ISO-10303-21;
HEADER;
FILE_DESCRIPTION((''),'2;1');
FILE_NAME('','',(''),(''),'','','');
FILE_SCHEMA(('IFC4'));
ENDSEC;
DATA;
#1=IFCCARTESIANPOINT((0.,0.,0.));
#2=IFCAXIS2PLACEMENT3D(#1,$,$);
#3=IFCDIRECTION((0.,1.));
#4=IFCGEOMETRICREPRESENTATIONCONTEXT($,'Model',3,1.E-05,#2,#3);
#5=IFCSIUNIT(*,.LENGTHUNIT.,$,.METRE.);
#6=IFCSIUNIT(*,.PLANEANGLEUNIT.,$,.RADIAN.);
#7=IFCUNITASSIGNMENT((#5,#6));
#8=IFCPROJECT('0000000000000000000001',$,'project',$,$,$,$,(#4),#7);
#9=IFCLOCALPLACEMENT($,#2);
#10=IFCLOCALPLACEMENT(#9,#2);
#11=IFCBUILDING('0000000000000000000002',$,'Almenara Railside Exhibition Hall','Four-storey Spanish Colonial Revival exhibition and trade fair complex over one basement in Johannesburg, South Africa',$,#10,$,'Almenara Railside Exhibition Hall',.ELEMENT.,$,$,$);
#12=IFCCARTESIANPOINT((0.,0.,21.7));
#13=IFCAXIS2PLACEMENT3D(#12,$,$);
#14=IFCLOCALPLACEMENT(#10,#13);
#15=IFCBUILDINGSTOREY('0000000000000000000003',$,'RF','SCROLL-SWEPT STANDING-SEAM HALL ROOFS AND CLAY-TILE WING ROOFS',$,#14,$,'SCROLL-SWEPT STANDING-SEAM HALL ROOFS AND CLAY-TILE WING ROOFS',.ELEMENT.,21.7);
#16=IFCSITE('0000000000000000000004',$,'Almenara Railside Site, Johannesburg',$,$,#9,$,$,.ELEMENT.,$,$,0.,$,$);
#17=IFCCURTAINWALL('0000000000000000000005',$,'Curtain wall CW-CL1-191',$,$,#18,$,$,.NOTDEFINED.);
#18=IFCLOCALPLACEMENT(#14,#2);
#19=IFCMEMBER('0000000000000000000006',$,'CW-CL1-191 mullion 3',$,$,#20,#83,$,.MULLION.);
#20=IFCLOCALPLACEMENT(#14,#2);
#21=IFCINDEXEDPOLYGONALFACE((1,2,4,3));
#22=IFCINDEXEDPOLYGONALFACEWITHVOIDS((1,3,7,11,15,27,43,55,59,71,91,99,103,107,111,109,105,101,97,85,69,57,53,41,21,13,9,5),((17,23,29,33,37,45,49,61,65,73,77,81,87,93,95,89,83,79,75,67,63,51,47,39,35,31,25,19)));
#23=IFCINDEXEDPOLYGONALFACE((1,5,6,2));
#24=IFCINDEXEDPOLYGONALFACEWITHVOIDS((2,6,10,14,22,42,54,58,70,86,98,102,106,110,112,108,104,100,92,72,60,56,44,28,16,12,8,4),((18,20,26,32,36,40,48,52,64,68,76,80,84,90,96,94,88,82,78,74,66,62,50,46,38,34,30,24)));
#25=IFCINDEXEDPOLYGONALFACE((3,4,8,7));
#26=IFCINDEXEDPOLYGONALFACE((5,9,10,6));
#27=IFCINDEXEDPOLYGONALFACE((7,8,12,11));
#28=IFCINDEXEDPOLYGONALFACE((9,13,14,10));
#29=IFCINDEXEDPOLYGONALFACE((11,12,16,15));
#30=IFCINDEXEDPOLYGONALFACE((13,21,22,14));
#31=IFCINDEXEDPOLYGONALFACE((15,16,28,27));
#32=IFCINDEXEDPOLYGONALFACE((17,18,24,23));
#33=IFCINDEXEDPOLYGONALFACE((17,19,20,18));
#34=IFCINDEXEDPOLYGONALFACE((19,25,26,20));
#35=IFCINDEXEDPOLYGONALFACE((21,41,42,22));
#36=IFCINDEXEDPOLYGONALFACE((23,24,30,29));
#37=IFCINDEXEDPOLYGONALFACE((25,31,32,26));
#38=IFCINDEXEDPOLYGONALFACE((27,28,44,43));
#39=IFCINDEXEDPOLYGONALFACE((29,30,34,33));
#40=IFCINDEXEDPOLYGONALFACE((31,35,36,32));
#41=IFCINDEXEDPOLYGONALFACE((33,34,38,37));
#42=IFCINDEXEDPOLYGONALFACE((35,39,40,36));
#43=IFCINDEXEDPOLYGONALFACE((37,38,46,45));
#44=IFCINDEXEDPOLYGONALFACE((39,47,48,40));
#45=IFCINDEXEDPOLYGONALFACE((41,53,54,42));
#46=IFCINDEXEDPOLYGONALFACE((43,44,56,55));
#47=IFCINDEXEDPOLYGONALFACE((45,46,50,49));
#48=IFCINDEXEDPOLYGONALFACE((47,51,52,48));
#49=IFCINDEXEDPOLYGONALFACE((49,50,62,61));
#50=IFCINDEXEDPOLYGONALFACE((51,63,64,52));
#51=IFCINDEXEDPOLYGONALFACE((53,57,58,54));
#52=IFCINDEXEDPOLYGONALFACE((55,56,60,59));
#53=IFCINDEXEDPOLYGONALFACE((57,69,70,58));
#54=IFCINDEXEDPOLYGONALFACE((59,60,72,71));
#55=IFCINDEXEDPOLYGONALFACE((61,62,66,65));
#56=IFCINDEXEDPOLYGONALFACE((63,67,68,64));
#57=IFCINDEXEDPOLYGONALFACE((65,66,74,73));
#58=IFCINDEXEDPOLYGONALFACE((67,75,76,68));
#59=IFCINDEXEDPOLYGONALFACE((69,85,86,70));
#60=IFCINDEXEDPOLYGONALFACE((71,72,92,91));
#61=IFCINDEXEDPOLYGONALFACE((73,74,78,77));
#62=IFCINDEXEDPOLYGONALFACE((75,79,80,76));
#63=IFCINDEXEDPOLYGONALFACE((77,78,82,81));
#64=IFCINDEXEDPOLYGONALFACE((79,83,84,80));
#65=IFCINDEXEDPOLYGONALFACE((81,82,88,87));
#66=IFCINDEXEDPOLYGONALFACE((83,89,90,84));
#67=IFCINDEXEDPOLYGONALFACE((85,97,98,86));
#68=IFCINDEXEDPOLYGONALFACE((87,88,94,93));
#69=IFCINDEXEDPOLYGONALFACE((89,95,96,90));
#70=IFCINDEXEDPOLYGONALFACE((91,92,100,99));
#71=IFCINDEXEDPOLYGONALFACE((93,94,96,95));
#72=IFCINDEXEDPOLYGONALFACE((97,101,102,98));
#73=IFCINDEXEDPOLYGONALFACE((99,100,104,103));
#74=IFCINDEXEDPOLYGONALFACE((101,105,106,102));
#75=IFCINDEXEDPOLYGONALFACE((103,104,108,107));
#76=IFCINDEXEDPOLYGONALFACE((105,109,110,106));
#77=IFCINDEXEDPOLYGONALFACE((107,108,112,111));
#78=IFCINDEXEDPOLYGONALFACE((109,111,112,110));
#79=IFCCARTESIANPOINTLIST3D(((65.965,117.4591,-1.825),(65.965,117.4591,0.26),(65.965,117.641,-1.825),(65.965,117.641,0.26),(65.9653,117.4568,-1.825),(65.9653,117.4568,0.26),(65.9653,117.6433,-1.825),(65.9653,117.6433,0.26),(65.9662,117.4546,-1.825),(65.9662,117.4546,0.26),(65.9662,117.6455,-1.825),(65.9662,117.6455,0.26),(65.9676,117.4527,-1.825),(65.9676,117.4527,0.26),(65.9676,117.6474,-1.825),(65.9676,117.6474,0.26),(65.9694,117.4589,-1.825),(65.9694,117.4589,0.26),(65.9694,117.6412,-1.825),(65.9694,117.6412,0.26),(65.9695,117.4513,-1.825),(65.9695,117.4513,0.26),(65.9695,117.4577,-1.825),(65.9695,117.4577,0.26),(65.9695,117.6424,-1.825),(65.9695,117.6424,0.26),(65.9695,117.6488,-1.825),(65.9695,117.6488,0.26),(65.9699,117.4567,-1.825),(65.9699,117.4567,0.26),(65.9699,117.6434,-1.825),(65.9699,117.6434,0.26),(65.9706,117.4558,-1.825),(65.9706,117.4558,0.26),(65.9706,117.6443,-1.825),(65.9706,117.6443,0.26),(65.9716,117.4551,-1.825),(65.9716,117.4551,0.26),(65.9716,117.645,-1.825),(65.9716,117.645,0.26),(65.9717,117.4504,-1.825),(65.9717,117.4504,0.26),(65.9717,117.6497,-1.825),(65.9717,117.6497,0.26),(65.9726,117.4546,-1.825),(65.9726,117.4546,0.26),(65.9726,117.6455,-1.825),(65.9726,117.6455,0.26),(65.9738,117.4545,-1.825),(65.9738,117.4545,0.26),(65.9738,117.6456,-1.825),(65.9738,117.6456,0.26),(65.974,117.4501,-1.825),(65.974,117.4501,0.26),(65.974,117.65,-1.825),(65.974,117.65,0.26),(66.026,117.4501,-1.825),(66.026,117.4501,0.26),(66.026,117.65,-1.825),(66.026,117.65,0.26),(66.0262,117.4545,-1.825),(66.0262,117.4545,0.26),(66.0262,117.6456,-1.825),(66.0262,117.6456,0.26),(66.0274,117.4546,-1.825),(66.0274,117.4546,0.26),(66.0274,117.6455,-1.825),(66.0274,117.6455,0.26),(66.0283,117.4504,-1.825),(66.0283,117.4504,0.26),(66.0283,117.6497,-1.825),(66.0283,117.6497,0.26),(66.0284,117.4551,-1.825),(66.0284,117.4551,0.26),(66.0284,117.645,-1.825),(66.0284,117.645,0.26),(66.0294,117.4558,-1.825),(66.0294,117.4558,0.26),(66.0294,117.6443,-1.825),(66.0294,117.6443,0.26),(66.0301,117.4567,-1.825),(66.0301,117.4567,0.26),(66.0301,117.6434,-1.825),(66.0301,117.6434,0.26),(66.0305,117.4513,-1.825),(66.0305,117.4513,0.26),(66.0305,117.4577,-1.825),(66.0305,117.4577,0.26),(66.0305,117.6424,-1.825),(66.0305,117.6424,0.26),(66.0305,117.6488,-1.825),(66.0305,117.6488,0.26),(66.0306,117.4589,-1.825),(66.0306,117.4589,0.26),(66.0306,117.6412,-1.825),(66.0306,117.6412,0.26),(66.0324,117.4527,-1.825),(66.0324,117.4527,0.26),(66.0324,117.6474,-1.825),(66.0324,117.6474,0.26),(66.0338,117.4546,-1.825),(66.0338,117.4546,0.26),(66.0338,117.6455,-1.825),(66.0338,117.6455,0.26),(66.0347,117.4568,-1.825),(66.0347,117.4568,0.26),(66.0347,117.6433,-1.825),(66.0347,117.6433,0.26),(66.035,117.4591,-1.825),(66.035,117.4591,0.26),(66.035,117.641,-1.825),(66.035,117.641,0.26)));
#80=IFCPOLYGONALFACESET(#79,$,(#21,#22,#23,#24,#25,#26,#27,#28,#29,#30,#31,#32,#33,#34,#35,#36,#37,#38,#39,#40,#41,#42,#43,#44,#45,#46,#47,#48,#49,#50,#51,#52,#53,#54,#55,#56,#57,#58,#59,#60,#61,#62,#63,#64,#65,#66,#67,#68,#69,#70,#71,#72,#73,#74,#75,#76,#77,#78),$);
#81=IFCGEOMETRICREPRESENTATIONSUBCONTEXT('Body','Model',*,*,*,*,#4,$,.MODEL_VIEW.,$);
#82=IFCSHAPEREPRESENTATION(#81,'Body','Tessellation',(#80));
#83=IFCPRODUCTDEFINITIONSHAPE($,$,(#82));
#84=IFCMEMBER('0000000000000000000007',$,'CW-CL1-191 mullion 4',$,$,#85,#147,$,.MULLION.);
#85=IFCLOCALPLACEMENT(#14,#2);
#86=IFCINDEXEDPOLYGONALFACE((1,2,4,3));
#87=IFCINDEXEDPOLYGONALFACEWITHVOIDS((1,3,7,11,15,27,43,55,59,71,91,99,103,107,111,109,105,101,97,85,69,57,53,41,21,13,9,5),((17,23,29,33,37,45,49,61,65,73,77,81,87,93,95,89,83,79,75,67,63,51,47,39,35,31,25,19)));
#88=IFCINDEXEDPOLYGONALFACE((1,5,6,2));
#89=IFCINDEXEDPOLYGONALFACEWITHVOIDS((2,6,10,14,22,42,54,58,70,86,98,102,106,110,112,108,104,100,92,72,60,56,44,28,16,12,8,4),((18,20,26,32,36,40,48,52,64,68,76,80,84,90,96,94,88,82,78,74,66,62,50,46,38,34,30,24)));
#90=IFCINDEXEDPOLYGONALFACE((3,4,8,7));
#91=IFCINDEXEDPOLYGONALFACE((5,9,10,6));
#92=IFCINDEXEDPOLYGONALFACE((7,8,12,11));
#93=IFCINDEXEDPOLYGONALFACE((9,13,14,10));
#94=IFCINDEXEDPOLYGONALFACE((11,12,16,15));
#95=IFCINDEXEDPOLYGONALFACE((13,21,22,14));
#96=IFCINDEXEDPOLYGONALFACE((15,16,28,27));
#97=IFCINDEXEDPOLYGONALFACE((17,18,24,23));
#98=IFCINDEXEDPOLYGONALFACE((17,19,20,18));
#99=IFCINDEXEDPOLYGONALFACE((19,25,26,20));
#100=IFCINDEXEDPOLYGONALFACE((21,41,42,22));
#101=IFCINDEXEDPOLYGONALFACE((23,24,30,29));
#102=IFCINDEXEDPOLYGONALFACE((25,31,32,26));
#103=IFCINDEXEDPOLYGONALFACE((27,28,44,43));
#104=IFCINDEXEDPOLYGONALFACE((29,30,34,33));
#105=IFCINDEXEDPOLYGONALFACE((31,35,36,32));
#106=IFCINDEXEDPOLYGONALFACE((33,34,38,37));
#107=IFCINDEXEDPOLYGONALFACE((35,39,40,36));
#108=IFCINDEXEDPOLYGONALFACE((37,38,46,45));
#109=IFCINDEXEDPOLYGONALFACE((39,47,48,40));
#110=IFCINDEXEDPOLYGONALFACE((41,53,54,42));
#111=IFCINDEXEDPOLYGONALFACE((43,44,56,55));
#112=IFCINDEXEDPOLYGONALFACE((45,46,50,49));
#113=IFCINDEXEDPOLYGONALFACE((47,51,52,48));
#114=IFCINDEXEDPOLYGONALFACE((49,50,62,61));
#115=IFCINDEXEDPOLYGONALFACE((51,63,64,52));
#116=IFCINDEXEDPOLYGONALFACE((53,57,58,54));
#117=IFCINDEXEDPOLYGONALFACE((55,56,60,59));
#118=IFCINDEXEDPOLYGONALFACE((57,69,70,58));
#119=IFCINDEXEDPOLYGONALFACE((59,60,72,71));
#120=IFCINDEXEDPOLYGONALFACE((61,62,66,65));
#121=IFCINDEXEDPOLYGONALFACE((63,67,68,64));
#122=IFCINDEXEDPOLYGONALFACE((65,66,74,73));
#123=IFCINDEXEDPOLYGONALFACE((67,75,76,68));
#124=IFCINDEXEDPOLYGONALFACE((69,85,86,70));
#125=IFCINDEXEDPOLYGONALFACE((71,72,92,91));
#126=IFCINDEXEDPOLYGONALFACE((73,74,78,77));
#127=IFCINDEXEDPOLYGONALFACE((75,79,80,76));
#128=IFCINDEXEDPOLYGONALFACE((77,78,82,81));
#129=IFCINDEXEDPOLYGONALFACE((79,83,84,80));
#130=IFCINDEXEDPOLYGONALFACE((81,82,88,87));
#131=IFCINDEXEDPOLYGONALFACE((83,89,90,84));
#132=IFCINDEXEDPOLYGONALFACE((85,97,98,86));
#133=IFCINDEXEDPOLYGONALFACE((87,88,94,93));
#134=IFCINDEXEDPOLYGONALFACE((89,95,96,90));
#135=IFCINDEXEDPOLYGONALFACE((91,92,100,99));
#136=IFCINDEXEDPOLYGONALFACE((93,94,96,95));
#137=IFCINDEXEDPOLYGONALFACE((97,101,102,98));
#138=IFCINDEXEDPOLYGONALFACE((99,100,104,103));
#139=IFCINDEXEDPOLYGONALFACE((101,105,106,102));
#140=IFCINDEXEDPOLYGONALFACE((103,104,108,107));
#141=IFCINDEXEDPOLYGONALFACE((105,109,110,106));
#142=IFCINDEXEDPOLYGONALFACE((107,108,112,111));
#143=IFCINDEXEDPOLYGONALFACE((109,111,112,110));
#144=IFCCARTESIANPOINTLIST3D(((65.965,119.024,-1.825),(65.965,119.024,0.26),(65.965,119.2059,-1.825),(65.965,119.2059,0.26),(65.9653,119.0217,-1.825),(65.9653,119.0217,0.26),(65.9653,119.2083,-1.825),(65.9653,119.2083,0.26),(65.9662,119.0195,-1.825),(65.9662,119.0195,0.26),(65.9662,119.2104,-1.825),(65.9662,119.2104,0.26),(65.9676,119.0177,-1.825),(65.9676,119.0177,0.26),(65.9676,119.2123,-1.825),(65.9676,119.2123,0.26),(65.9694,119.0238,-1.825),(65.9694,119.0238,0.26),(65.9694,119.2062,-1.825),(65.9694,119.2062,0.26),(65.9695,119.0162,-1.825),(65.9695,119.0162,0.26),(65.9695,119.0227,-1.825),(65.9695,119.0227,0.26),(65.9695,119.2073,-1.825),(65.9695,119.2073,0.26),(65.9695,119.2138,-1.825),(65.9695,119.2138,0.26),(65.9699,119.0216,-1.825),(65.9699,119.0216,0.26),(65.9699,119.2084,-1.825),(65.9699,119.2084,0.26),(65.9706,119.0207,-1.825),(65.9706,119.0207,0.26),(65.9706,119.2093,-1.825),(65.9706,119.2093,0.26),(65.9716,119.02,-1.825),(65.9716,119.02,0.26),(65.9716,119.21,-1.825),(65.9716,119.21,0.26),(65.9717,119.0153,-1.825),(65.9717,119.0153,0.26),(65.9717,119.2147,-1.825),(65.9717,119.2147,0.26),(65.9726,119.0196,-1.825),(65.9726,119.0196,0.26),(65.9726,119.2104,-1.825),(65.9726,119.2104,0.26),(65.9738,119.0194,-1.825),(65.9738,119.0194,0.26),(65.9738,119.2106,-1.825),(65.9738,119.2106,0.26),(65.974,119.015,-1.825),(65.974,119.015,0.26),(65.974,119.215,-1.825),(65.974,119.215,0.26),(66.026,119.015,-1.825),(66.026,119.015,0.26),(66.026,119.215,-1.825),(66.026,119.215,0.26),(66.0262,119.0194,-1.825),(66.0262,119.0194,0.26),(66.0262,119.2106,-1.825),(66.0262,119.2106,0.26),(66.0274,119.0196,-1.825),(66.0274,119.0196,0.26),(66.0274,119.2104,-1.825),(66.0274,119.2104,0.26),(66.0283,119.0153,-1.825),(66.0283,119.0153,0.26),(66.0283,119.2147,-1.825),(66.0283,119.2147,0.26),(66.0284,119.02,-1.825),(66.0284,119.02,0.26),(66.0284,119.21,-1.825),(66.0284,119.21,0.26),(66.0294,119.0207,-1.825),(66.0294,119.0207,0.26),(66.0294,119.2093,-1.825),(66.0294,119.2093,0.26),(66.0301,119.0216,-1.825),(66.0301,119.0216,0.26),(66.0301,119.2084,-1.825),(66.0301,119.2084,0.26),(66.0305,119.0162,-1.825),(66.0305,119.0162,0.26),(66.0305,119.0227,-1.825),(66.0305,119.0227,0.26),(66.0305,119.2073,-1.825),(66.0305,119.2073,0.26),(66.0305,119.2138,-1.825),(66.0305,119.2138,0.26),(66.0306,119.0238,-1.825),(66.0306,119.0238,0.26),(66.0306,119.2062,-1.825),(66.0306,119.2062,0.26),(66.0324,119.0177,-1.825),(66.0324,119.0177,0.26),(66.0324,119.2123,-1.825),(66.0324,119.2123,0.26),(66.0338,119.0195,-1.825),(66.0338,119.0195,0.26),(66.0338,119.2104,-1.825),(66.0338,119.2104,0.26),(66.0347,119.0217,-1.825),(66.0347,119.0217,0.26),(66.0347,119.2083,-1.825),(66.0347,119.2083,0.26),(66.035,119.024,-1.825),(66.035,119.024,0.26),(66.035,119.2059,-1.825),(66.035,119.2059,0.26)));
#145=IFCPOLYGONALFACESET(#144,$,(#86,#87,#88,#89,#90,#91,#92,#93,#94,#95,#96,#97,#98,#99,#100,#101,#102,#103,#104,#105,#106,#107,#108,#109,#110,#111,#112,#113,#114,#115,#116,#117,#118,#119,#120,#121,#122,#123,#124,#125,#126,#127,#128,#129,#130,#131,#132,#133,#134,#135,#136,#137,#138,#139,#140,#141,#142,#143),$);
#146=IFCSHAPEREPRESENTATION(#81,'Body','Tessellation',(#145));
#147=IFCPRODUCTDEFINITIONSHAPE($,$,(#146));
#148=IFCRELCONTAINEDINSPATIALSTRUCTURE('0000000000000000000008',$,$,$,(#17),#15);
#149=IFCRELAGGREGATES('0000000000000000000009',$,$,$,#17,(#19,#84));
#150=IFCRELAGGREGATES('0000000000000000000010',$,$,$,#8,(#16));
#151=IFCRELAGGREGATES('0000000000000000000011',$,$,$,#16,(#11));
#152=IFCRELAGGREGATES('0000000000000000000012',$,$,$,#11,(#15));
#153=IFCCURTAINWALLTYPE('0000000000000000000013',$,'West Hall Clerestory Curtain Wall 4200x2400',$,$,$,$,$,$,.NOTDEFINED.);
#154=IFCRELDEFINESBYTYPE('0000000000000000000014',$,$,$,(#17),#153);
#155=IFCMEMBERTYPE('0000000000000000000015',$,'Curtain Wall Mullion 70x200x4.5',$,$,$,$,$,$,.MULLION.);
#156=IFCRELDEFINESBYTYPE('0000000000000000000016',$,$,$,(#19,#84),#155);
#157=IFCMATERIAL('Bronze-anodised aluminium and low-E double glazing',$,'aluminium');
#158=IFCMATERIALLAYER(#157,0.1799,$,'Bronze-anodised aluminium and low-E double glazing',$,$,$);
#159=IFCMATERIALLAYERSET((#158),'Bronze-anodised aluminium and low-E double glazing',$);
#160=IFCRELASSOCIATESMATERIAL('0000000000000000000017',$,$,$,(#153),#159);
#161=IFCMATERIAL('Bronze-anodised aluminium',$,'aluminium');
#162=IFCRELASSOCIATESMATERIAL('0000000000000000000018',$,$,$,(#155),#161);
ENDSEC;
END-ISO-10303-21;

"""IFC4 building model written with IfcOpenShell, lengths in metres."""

from ifc_helpers import new_model, si_unit, direction, frame, origin, origin_2d, place, context, subcontext, project, spatial, hollow_rectangle, extrude, material, layer, layer_set, material_profile, profile_set, type_object, element, aggregate, save


model = new_model("IFC4")

# Units and contexts
model_context = context("Model", 3, precision=1e-05, world=origin(), true_north=direction((0.0, 1.0)))
body_context = subcontext(model_context, "Body", "Model", "MODEL_VIEW")
ifc_project = project(units=[si_unit("LENGTHUNIT", "METRE"), si_unit("PLANEANGLEUNIT", "RADIAN")], contexts=[model_context])

# Site, building, storey
site_placement = place(None, origin())
site = spatial("IfcSite", under=ifc_project, at=site_placement, Name="Almenara Railside Site, Johannesburg", CompositionType="ELEMENT", RefElevation=0.0)
building_placement = place(site_placement, origin())
building = spatial("IfcBuilding", under=site, at=building_placement, Name="Almenara Railside Exhibition Hall", Description="Four-storey Spanish Colonial Revival exhibition and trade fair complex over one basement in Johannesburg, South Africa", LongName="Almenara Railside Exhibition Hall", CompositionType="ELEMENT")
storey_placement = place(building_placement, frame((0.0, 0.0, 21.7)))
storey = spatial("IfcBuildingStorey", under=building, at=storey_placement, Name="RF", Description="SCROLL-SWEPT STANDING-SEAM HALL ROOFS AND CLAY-TILE WING ROOFS", LongName="SCROLL-SWEPT STANDING-SEAM HALL ROOFS AND CLAY-TILE WING ROOFS", CompositionType="ELEMENT", Elevation=21.7)

# Curtain wall, members
ifc_material_1 = material(Name="Bronze-anodised aluminium and low-E double glazing", Category="aluminium")
ifc_layer_1 = layer(ifc_material_1, 0.1799, Name="Bronze-anodised aluminium and low-E double glazing")
ifc_layer_set_1 = layer_set([ifc_layer_1], Name="Bronze-anodised aluminium and low-E double glazing")
curtain_wall_type = type_object("IfcCurtainWallType", Name="West Hall Clerestory Curtain Wall 4200x2400", PredefinedType="NOTDEFINED", material=ifc_layer_set_1)
ifc_material_2 = material(Name="Bronze-anodised aluminium", Category="aluminium")
curtain_wall_1_placement = place(storey_placement, origin())
curtain_wall_1 = element("IfcCurtainWall", 1, at=curtain_wall_1_placement, inside=storey, type_object=curtain_wall_type, Name="Curtain wall CW-CL1-191", PredefinedType="NOTDEFINED")
ifc_material_profile_1 = material_profile(ifc_material_2, hollow_rectangle(XDim=0.0701, YDim=0.2, WallThickness=0.0044, InnerFilletRadius=0.0044, OuterFilletRadius=0.009, at=origin_2d()), Name="ALU-MUL 70x200x4.5")
ifc_profile_set_1 = profile_set([ifc_material_profile_1], Name="Bronze-anodised aluminium")
member_type_1 = type_object("IfcMemberType", Name="Curtain Wall Mullion 70x200x4.5", PredefinedType="MULLION", material=ifc_profile_set_1)
member_1_placement = place(storey_placement, frame((66.0, 117.55, -1.825), z_axis=(0.0, 0.0, 1.0), x_axis=(-1.0, 0.0, 0.0)))
member_1 = element("IfcMember", 2, at=member_1_placement, type_object=member_type_1, Name="CW-CL1-191 mullion 3", PredefinedType="MULLION", context=body_context, shape_type="SweptSolid", body=[
    extrude(hollow_rectangle(XDim=0.0701, YDim=0.2, WallThickness=0.0044, InnerFilletRadius=0.0044, OuterFilletRadius=0.009, at=origin_2d()), origin(), (0.0, 0.0, 1.0), 2.085),
])
member_2_placement = place(storey_placement, frame((66.0, 119.115, -1.825), z_axis=(0.0, 0.0, 1.0), x_axis=(-1.0, 0.0, 0.0)))
member_2 = element("IfcMember", 3, at=member_2_placement, type_object=member_type_1, Name="CW-CL1-191 mullion 4", PredefinedType="MULLION", context=body_context, shape_type="SweptSolid", body=[
    extrude(hollow_rectangle(XDim=0.0701, YDim=0.2, WallThickness=0.0044, InnerFilletRadius=0.0044, OuterFilletRadius=0.009, at=origin_2d()), origin(), (0.0, 0.0, 1.0), 2.085),
])

aggregate(curtain_wall_1, [member_1, member_2])

save(model, "model.ifc")
